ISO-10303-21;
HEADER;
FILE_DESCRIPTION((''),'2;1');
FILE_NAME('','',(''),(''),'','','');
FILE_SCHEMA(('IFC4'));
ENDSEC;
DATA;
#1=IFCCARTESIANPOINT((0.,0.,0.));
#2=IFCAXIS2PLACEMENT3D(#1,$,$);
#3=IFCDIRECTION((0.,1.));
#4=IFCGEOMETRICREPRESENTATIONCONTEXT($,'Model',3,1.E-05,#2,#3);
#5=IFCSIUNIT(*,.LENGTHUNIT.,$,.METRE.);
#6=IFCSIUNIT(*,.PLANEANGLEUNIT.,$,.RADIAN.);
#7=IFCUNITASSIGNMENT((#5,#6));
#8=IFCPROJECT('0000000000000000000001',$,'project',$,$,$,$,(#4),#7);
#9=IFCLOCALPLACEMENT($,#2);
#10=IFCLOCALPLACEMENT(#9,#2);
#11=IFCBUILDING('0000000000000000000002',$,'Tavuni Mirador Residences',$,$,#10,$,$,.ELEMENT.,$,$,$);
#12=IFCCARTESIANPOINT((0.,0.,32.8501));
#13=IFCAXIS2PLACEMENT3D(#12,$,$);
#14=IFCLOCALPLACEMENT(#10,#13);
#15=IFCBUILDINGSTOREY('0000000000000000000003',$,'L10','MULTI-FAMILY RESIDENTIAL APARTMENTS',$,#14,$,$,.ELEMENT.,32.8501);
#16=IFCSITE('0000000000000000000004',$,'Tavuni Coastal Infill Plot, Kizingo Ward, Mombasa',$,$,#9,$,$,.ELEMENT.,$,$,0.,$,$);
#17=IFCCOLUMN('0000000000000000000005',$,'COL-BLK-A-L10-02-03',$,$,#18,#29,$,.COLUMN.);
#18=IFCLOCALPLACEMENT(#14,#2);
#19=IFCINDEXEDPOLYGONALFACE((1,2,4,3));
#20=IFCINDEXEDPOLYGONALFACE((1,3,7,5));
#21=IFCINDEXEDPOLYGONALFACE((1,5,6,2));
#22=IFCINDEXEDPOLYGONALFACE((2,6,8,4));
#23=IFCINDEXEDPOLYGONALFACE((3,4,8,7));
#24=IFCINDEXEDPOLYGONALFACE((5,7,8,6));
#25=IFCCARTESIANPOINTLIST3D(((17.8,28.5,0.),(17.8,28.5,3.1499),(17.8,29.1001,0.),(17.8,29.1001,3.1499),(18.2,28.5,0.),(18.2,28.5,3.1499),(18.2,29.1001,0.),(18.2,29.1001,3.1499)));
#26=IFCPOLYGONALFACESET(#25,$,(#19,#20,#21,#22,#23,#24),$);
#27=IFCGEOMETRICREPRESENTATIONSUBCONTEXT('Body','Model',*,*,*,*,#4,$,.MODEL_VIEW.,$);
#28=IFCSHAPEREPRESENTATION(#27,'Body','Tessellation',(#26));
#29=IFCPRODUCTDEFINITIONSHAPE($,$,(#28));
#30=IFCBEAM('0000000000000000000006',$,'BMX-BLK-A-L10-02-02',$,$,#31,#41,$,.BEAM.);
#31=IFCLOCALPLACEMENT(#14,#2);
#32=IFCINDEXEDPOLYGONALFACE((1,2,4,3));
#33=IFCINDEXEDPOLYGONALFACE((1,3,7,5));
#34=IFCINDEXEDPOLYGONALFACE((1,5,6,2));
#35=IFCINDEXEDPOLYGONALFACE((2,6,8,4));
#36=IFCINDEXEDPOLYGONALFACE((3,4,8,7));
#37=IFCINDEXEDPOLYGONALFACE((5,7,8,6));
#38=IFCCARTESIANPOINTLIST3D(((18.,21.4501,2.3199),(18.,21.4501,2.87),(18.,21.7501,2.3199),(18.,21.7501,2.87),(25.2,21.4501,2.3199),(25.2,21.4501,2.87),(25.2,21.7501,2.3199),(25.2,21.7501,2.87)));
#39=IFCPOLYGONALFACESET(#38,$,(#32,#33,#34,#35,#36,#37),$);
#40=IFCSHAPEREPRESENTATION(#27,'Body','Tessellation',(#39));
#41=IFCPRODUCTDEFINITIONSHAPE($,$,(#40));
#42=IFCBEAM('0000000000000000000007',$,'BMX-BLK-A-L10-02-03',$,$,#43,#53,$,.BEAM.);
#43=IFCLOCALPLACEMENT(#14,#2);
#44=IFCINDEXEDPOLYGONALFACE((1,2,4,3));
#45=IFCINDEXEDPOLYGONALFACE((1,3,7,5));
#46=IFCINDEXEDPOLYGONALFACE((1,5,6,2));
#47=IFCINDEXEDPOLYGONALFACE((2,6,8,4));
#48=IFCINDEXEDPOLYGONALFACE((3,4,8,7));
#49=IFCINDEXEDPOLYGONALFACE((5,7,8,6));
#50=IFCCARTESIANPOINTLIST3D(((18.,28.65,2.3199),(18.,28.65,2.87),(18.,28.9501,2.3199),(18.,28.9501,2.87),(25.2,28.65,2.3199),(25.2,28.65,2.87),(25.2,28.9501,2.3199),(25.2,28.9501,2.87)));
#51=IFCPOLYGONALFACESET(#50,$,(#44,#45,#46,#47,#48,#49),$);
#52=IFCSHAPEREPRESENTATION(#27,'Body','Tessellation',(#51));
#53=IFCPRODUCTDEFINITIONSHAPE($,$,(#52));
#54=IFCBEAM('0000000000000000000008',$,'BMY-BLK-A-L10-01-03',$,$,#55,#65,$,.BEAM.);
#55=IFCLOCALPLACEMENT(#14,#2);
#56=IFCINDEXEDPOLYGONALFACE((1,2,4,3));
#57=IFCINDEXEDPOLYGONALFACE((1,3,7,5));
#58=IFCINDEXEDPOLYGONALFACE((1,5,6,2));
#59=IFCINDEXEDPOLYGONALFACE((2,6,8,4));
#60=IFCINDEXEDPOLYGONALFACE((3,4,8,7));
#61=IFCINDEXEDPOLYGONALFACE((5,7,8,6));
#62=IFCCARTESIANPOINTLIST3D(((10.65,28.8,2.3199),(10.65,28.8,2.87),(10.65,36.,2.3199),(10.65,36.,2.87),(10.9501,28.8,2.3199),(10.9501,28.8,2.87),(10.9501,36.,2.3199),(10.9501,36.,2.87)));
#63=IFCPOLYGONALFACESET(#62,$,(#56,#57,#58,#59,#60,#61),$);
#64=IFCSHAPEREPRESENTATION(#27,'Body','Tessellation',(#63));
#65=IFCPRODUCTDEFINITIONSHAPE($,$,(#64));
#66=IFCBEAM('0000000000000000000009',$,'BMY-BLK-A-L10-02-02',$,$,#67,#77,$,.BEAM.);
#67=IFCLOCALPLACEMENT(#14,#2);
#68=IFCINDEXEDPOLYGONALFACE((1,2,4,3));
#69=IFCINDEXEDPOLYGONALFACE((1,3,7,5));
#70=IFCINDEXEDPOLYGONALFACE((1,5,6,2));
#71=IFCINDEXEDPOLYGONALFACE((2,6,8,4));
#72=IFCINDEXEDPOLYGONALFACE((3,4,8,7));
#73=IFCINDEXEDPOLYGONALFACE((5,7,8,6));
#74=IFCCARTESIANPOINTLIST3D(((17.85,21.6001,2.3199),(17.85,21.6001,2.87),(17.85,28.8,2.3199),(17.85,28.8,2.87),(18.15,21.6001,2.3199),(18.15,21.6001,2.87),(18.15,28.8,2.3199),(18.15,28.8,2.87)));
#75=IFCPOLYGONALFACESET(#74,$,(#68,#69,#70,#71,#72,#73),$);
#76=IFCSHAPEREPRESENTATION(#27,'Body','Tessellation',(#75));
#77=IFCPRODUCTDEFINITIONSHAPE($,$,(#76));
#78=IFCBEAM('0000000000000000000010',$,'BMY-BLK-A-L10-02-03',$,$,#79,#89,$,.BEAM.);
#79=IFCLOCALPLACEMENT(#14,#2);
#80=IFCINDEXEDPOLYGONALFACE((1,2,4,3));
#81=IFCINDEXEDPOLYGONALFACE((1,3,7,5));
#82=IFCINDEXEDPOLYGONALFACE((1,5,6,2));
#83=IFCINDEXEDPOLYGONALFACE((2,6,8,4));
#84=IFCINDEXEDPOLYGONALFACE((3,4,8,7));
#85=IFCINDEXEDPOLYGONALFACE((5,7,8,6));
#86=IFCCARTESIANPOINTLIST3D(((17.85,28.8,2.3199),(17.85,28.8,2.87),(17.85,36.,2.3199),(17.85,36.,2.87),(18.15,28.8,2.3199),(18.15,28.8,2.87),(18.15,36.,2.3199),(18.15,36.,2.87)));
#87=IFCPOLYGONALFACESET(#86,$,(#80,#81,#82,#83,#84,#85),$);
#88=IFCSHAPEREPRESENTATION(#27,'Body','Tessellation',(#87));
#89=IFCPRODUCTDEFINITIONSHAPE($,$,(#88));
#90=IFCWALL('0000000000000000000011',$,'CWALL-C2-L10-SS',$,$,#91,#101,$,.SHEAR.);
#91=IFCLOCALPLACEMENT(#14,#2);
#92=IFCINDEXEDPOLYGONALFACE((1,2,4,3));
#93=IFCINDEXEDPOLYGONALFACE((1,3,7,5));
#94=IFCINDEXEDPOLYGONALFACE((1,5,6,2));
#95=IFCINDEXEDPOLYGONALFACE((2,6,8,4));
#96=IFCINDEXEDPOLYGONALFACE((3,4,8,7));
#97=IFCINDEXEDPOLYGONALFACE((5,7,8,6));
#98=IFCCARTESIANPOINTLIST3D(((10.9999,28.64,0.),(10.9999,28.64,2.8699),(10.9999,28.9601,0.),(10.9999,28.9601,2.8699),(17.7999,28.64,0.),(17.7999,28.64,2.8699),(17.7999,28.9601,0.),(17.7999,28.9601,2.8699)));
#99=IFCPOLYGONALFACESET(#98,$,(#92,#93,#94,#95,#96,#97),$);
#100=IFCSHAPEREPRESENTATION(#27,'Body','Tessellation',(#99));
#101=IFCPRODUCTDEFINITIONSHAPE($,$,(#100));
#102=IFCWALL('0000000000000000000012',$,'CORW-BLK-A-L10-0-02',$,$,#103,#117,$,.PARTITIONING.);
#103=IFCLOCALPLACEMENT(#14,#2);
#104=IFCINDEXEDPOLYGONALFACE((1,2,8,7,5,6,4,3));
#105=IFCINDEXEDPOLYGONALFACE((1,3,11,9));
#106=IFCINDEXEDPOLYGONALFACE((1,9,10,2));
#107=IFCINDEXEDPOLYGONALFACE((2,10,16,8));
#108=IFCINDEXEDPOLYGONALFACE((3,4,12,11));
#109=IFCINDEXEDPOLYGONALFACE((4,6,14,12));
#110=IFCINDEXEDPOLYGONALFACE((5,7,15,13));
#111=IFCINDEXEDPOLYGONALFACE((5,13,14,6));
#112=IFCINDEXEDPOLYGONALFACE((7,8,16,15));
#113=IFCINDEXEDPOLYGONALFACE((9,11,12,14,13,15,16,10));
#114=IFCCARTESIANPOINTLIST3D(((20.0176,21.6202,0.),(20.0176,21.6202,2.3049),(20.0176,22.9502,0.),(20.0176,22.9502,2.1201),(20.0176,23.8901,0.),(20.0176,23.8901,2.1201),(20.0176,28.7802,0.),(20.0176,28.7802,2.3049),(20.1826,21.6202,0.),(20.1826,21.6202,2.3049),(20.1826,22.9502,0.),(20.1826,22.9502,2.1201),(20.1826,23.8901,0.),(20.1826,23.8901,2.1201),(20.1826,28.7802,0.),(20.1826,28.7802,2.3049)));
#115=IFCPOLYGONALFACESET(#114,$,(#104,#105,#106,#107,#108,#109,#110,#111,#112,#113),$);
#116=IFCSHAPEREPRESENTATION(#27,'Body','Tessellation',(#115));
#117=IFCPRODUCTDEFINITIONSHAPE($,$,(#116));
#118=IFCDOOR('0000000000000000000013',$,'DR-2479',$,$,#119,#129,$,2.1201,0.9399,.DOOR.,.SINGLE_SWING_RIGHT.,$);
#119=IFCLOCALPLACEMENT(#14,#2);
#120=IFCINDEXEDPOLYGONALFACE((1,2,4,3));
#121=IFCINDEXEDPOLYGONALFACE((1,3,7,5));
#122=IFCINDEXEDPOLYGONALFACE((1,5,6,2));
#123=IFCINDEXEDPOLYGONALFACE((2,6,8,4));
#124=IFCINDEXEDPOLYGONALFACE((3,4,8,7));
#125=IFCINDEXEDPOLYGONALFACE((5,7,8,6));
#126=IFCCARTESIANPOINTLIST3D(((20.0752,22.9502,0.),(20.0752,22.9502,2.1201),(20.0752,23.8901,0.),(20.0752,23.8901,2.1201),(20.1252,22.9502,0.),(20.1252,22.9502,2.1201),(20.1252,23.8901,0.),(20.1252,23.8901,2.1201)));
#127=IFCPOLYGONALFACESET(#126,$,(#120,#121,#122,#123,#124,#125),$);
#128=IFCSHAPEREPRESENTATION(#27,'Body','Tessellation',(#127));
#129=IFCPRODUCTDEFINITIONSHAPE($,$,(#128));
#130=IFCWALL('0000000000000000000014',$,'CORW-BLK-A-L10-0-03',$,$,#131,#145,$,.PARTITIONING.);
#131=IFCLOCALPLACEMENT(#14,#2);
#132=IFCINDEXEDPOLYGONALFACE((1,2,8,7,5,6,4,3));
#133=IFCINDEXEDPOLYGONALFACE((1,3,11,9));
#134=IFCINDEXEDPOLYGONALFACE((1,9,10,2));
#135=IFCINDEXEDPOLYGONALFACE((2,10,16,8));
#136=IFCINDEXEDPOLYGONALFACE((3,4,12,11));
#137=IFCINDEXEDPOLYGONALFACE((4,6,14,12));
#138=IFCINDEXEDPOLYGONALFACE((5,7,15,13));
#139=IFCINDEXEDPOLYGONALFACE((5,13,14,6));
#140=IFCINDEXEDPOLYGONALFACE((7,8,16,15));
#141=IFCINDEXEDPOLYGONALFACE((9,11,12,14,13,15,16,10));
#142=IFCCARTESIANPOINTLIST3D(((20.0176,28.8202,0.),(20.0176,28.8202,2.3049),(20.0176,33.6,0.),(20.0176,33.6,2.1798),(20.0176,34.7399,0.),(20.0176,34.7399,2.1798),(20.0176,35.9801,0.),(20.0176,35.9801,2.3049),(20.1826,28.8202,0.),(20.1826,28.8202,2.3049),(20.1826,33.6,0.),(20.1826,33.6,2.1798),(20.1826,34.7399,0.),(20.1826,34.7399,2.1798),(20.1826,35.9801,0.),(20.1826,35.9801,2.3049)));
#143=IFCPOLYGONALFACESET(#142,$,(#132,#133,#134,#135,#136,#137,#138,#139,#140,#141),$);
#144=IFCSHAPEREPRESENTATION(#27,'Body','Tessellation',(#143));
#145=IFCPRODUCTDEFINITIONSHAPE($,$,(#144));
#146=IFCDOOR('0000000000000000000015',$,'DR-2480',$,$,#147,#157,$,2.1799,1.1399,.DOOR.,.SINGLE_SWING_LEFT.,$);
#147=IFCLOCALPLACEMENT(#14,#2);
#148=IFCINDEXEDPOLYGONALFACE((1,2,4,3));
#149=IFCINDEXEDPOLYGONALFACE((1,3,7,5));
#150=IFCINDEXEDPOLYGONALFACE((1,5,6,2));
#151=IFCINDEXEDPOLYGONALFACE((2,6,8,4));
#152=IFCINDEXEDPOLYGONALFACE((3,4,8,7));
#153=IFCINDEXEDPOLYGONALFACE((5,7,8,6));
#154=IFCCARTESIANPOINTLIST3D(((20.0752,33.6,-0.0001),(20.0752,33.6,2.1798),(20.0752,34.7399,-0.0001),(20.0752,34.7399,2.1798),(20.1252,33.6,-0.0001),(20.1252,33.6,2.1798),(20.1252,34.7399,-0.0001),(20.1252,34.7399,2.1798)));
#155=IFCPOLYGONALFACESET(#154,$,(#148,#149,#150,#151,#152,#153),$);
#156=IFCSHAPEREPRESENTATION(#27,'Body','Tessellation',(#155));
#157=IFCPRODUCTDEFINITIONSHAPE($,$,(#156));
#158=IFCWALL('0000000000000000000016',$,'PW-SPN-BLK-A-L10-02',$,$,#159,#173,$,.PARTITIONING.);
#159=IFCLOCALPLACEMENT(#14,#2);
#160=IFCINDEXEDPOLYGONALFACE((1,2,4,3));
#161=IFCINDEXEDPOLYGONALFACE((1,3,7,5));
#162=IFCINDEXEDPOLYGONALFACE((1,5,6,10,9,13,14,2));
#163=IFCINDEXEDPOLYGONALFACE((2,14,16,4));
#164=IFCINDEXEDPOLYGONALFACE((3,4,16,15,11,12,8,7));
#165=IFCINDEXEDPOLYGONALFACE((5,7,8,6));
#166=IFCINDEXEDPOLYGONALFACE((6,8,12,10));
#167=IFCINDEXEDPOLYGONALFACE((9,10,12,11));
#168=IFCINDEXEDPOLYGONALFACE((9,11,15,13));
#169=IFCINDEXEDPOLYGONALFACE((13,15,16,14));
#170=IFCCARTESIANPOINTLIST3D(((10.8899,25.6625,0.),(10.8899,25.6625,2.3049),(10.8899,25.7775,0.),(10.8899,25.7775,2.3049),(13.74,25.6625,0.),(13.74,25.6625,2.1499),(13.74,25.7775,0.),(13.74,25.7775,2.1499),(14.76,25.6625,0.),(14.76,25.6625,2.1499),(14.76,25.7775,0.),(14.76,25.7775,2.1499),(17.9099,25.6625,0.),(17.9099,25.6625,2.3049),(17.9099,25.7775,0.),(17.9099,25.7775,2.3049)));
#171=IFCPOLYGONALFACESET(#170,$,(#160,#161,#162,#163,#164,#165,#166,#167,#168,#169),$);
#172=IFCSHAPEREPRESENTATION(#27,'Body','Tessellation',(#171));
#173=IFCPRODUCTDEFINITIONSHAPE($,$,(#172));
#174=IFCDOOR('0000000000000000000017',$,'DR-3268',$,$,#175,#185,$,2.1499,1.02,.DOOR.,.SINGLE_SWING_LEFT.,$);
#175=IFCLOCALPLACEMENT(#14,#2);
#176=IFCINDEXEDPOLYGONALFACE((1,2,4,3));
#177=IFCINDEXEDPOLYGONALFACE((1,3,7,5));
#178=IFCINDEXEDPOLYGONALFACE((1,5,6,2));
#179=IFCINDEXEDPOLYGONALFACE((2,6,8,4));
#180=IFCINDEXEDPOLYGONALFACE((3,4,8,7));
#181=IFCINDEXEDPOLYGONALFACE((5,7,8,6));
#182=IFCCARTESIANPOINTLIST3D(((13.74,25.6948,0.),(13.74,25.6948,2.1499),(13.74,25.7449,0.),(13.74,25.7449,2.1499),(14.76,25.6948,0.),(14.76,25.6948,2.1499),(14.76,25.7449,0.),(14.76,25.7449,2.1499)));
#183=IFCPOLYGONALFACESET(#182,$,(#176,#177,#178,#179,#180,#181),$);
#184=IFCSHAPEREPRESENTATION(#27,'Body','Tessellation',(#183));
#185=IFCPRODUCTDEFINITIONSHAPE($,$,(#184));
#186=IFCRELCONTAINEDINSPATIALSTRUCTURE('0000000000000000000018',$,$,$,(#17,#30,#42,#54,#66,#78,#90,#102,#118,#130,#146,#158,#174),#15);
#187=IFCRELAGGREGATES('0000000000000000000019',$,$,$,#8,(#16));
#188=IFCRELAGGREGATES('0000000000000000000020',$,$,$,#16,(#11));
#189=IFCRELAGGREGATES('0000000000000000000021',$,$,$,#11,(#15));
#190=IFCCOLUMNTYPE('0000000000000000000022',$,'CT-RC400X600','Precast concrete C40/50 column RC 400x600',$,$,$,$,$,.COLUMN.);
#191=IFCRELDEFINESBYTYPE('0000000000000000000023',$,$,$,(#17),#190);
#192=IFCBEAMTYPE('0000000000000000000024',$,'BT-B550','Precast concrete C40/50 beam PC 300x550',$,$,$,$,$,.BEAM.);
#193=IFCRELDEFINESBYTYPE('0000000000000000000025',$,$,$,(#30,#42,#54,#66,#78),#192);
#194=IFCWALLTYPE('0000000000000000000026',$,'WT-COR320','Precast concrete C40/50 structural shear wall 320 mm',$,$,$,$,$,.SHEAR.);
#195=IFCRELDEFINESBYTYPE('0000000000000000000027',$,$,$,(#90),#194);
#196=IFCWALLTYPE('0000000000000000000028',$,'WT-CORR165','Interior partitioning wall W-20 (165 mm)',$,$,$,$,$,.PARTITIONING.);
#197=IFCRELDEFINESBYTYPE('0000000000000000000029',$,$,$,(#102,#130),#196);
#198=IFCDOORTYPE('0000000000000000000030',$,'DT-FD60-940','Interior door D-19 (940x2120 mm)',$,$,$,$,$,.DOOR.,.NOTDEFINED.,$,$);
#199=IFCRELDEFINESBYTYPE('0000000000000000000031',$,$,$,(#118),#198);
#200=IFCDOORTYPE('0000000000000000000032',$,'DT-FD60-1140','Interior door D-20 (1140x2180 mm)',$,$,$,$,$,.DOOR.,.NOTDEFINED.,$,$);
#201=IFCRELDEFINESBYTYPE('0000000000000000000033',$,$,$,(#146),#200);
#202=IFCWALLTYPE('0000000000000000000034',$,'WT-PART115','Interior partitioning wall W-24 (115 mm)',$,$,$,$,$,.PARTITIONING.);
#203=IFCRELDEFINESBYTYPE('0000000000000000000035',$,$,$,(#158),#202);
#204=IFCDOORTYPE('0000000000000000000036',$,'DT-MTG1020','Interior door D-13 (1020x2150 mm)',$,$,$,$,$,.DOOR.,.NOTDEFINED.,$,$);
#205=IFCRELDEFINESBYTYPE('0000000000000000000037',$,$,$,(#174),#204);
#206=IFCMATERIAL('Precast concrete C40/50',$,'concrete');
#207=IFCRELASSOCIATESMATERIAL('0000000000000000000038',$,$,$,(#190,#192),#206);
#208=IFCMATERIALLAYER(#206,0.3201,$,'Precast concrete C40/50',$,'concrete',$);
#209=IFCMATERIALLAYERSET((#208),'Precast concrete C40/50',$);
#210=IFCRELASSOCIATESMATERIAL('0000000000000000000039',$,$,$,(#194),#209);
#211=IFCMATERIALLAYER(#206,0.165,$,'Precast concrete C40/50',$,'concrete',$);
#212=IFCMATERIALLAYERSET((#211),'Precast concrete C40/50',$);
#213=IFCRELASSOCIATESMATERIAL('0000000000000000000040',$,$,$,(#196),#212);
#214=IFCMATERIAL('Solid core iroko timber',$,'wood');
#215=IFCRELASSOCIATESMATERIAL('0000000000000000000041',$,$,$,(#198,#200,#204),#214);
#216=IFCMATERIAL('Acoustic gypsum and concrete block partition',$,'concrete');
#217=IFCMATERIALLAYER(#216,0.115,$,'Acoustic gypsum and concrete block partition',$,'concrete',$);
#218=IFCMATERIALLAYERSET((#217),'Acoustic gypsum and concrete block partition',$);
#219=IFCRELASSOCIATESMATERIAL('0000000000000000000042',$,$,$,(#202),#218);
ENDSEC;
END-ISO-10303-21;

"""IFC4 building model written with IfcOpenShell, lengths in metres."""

from ifc_helpers import new_model, si_unit, direction, frame, frame_2d, origin, origin_2d, place, context, subcontext, project, spatial, rectangle, extrude, material, layer, layer_set, material_profile, profile_set, type_object, element, fill, save


model = new_model("IFC4")

# Units and contexts
model_context = context("Model", 3, precision=1e-05, world=origin(), true_north=direction((0.0, 1.0)))
body_context = subcontext(model_context, "Body", "Model", "MODEL_VIEW")
ifc_project = project(units=[si_unit("LENGTHUNIT", "METRE"), si_unit("PLANEANGLEUNIT", "RADIAN")], contexts=[model_context])

# Site, building, storey
site_placement = place(None, origin())
site = spatial("IfcSite", under=ifc_project, at=site_placement, Name="Tavuni Coastal Infill Plot, Kizingo Ward, Mombasa", CompositionType="ELEMENT", RefElevation=0.0)
building_placement = place(site_placement, origin())
building = spatial("IfcBuilding", under=site, at=building_placement, Name="Tavuni Mirador Residences", CompositionType="ELEMENT")
storey_placement = place(building_placement, frame((0.0, 0.0, 32.8501)))
storey = spatial("IfcBuildingStorey", under=building, at=storey_placement, Name="L10", Description="MULTI-FAMILY RESIDENTIAL APARTMENTS", CompositionType="ELEMENT", Elevation=32.8501)

# Column
ifc_material_1 = material(Name="Precast concrete C40/50", Category="concrete")
ifc_material_profile_1 = material_profile(ifc_material_1, rectangle(XDim=0.3999, YDim=0.6001, at=origin_2d()), Name="RC 400x600", Category="concrete")
ifc_profile_set_1 = profile_set([ifc_material_profile_1], Name="Precast concrete C40/50")
column_type = type_object("IfcColumnType", Name="CT-RC400X600", Description="Precast concrete C40/50 column RC 400x600", PredefinedType="COLUMN", material=ifc_profile_set_1)
column_placement = place(storey_placement, frame((18.0, 28.8, 0.0), z_axis=(0.0, 0.0, 1.0), x_axis=(1.0, 0.0, 0.0)))
element("IfcColumn", 1, at=column_placement, inside=storey, type_object=column_type, Name="COL-BLK-A-L10-02-03", PredefinedType="COLUMN", context=body_context, shape_type="SweptSolid", body=[
    extrude(rectangle(XDim=0.3999, YDim=0.6001, at=origin_2d()), origin(), (0.0, 0.0, 1.0), 3.1499),
])

# Beams
ifc_material_profile_2 = material_profile(ifc_material_1, rectangle(XDim=0.3, YDim=0.55, at=origin_2d()), Name="PC 300x550", Category="concrete")
ifc_profile_set_2 = profile_set([ifc_material_profile_2], Name="Precast concrete C40/50")
beam_type = type_object("IfcBeamType", Name="BT-B550", Description="Precast concrete C40/50 beam PC 300x550", PredefinedType="BEAM", material=ifc_profile_set_2)
for number, where, z_axis, x_axis, name in (
    (2, (18.0, 21.6001, 2.595), (1.0, 0.0, 0.0), (0.0, 1.0, 0.0), "BMX-BLK-A-L10-02-02"),
    (3, (18.0, 28.8, 2.595), (1.0, 0.0, 0.0), (0.0, 1.0, 0.0), "BMX-BLK-A-L10-02-03"),
    (4, (10.8, 28.8, 2.595), (0.0, 1.0, 0.0), (-1.0, 0.0, 0.0), "BMY-BLK-A-L10-01-03"),
    (5, (18.0, 21.6001, 2.595), (0.0, 1.0, 0.0), (-1.0, 0.0, 0.0), "BMY-BLK-A-L10-02-02"),
    (6, (18.0, 28.8, 2.595), (0.0, 1.0, 0.0), (-1.0, 0.0, 0.0), "BMY-BLK-A-L10-02-03"),
):
    element("IfcBeam", number, at=place(storey_placement, frame(where, z_axis=z_axis, x_axis=x_axis)), inside=storey, type_object=beam_type, Name=name, PredefinedType="BEAM", context=body_context, shape_type="SweptSolid", body=[
        extrude(rectangle(XDim=0.3, YDim=0.55, at=origin_2d()), origin(), (0.0, 0.0, 1.0), 7.2),
    ])

# Wall
ifc_layer_1 = layer(ifc_material_1, 0.3201, Name="Precast concrete C40/50", Category="concrete")
ifc_layer_set_1 = layer_set([ifc_layer_1], Name="Precast concrete C40/50")
wall_type_1 = type_object("IfcWallType", Name="WT-COR320", Description="Precast concrete C40/50 structural shear wall 320 mm", PredefinedType="SHEAR", material=ifc_layer_set_1)
wall_1_placement = place(storey_placement, frame((11.0, 28.8, 0.0), z_axis=(0.0, 0.0, 1.0), x_axis=(1.0, 0.0, 0.0)))
element("IfcWall", 7, at=wall_1_placement, inside=storey, type_object=wall_type_1, Name="CWALL-C2-L10-SS", PredefinedType="SHEAR", context=body_context, shape_type="SweptSolid", body=[
    extrude(rectangle(XDim=6.8, YDim=0.3201, at=frame_2d((3.3999, 0.0))), origin(), (0.0, 0.0, 1.0), 2.8699),
])

# Walls, openings, doors
ifc_layer_2 = layer(ifc_material_1, 0.165, Name="Precast concrete C40/50", Category="concrete")
ifc_layer_set_2 = layer_set([ifc_layer_2], Name="Precast concrete C40/50")
wall_type_2 = type_object("IfcWallType", Name="WT-CORR165", Description="Interior partitioning wall W-20 (165 mm)", PredefinedType="PARTITIONING", material=ifc_layer_set_2)
wall_2_placement = place(storey_placement, frame((20.1001, 21.6201, 0.0), z_axis=(0.0, 0.0, 1.0), x_axis=(0.0, 1.0, 0.0)))
wall_2 = element("IfcWall", 8, at=wall_2_placement, inside=storey, type_object=wall_type_2, Name="CORW-BLK-A-L10-0-02", PredefinedType="PARTITIONING", context=body_context, shape_type="SweptSolid", body=[
    extrude(rectangle(XDim=7.1599, YDim=0.165, at=frame_2d((3.5801, 0.0))), origin(), (0.0, 0.0, 1.0), 2.3049),
])
opening_1_placement = place(wall_2_placement, frame((1.3301, 0.0, 0.0)))
opening_1 = element("IfcOpeningElement", 9, at=opening_1_placement, cuts=wall_2, PredefinedType="OPENING", context=body_context, shape_type="SweptSolid", body=[
    extrude(rectangle(XDim=0.9399, YDim=2.1201, at=frame_2d((0.47, 1.0601))), frame((0.0, 0.0925, 0.0), z_axis=(0.0, -1.0, 0.0), x_axis=(1.0, 0.0, 0.0)), (0.0, 0.0, 1.0), 0.1851),
])
ifc_material_2 = material(Name="Solid core iroko timber", Category="wood")
door_type_1 = type_object("IfcDoorType", Name="DT-FD60-940", Description="Interior door D-19 (940x2120 mm)", OperationType="NOTDEFINED", PredefinedType="DOOR", material=ifc_material_2)
door_1_placement = place(opening_1_placement, origin())
door_1 = element("IfcDoor", 10, at=door_1_placement, inside=storey, type_object=door_type_1, Name="DR-2479", OperationType="SINGLE_SWING_RIGHT", OverallHeight=2.1201, OverallWidth=0.9399, PredefinedType="DOOR", context=body_context, shape_type="SweptSolid", body=[
    extrude(rectangle(XDim=0.9399, YDim=2.1201, at=frame_2d((0.47, 1.0601))), frame((0.0, 0.0249, 0.0), z_axis=(0.0, -1.0, 0.0), x_axis=(1.0, 0.0, 0.0)), (0.0, 0.0, 1.0), 0.05),
])
fill(opening_1, door_1)
wall_3_placement = place(storey_placement, frame((20.1001, 28.8201, 0.0), z_axis=(0.0, 0.0, 1.0), x_axis=(0.0, 1.0, 0.0)))
wall_3 = element("IfcWall", 11, at=wall_3_placement, inside=storey, type_object=wall_type_2, Name="CORW-BLK-A-L10-0-03", PredefinedType="PARTITIONING", context=body_context, shape_type="SweptSolid", body=[
    extrude(rectangle(XDim=7.1599, YDim=0.165, at=frame_2d((3.5801, 0.0))), origin(), (0.0, 0.0, 1.0), 2.3049),
])
opening_2_placement = place(wall_3_placement, frame((4.78, 0.0, 0.0)))
opening_2 = element("IfcOpeningElement", 12, at=opening_2_placement, cuts=wall_3, PredefinedType="OPENING", context=body_context, shape_type="SweptSolid", body=[
    extrude(rectangle(XDim=1.1399, YDim=2.1799, at=frame_2d((0.5698, 1.0898))), frame((0.0, 0.0925, 0.0), z_axis=(0.0, -1.0, 0.0), x_axis=(1.0, 0.0, 0.0)), (0.0, 0.0, 1.0), 0.1851),
])
door_type_2 = type_object("IfcDoorType", Name="DT-FD60-1140", Description="Interior door D-20 (1140x2180 mm)", OperationType="NOTDEFINED", PredefinedType="DOOR", material=ifc_material_2)
door_2_placement = place(opening_2_placement, origin())
door_2 = element("IfcDoor", 13, at=door_2_placement, inside=storey, type_object=door_type_2, Name="DR-2480", OperationType="SINGLE_SWING_LEFT", OverallHeight=2.1799, OverallWidth=1.1399, PredefinedType="DOOR", context=body_context, shape_type="SweptSolid", body=[
    extrude(rectangle(XDim=1.1399, YDim=2.1799, at=frame_2d((0.5698, 1.0898))), frame((0.0, 0.0249, 0.0), z_axis=(0.0, -1.0, 0.0), x_axis=(1.0, 0.0, 0.0)), (0.0, 0.0, 1.0), 0.05),
])
fill(opening_2, door_2)
ifc_material_3 = material(Name="Acoustic gypsum and concrete block partition", Category="concrete")
ifc_layer_3 = layer(ifc_material_3, 0.115, Name="Acoustic gypsum and concrete block partition", Category="concrete")
ifc_layer_set_3 = layer_set([ifc_layer_3], Name="Acoustic gypsum and concrete block partition")
wall_type_3 = type_object("IfcWallType", Name="WT-PART115", Description="Interior partitioning wall W-24 (115 mm)", PredefinedType="PARTITIONING", material=ifc_layer_set_3)
wall_4_placement = place(storey_placement, frame((10.8899, 25.72, 0.0), z_axis=(0.0, 0.0, 1.0), x_axis=(1.0, 0.0, 0.0)))
wall_4 = element("IfcWall", 14, at=wall_4_placement, inside=storey, type_object=wall_type_3, Name="PW-SPN-BLK-A-L10-02", PredefinedType="PARTITIONING", context=body_context, shape_type="SweptSolid", body=[
    extrude(rectangle(XDim=7.02, YDim=0.115, at=frame_2d((3.51, 0.0))), origin(), (0.0, 0.0, 1.0), 2.3049),
])
opening_3_placement = place(wall_4_placement, frame((2.8501, 0.0, 0.0)))
opening_3 = element("IfcOpeningElement", 15, at=opening_3_placement, cuts=wall_4, PredefinedType="OPENING", context=body_context, shape_type="SweptSolid", body=[
    extrude(rectangle(XDim=1.02, YDim=2.1499, at=frame_2d((0.51, 1.075))), frame((0.0, 0.0674, 0.0), z_axis=(0.0, -1.0, 0.0), x_axis=(1.0, 0.0, 0.0)), (0.0, 0.0, 1.0), 0.135),
])
door_type_3 = type_object("IfcDoorType", Name="DT-MTG1020", Description="Interior door D-13 (1020x2150 mm)", OperationType="NOTDEFINED", PredefinedType="DOOR", material=ifc_material_2)
door_3_placement = place(opening_3_placement, origin())
door_3 = element("IfcDoor", 16, at=door_3_placement, inside=storey, type_object=door_type_3, Name="DR-3268", OperationType="SINGLE_SWING_LEFT", OverallHeight=2.1499, OverallWidth=1.02, PredefinedType="DOOR", context=body_context, shape_type="SweptSolid", body=[
    extrude(rectangle(XDim=1.02, YDim=2.1499, at=frame_2d((0.51, 1.075))), frame((0.0, 0.0249, 0.0), z_axis=(0.0, -1.0, 0.0), x_axis=(1.0, 0.0, 0.0)), (0.0, 0.0, 1.0), 0.05),
])
fill(opening_3, door_3)

save(model, "model.ifc")
